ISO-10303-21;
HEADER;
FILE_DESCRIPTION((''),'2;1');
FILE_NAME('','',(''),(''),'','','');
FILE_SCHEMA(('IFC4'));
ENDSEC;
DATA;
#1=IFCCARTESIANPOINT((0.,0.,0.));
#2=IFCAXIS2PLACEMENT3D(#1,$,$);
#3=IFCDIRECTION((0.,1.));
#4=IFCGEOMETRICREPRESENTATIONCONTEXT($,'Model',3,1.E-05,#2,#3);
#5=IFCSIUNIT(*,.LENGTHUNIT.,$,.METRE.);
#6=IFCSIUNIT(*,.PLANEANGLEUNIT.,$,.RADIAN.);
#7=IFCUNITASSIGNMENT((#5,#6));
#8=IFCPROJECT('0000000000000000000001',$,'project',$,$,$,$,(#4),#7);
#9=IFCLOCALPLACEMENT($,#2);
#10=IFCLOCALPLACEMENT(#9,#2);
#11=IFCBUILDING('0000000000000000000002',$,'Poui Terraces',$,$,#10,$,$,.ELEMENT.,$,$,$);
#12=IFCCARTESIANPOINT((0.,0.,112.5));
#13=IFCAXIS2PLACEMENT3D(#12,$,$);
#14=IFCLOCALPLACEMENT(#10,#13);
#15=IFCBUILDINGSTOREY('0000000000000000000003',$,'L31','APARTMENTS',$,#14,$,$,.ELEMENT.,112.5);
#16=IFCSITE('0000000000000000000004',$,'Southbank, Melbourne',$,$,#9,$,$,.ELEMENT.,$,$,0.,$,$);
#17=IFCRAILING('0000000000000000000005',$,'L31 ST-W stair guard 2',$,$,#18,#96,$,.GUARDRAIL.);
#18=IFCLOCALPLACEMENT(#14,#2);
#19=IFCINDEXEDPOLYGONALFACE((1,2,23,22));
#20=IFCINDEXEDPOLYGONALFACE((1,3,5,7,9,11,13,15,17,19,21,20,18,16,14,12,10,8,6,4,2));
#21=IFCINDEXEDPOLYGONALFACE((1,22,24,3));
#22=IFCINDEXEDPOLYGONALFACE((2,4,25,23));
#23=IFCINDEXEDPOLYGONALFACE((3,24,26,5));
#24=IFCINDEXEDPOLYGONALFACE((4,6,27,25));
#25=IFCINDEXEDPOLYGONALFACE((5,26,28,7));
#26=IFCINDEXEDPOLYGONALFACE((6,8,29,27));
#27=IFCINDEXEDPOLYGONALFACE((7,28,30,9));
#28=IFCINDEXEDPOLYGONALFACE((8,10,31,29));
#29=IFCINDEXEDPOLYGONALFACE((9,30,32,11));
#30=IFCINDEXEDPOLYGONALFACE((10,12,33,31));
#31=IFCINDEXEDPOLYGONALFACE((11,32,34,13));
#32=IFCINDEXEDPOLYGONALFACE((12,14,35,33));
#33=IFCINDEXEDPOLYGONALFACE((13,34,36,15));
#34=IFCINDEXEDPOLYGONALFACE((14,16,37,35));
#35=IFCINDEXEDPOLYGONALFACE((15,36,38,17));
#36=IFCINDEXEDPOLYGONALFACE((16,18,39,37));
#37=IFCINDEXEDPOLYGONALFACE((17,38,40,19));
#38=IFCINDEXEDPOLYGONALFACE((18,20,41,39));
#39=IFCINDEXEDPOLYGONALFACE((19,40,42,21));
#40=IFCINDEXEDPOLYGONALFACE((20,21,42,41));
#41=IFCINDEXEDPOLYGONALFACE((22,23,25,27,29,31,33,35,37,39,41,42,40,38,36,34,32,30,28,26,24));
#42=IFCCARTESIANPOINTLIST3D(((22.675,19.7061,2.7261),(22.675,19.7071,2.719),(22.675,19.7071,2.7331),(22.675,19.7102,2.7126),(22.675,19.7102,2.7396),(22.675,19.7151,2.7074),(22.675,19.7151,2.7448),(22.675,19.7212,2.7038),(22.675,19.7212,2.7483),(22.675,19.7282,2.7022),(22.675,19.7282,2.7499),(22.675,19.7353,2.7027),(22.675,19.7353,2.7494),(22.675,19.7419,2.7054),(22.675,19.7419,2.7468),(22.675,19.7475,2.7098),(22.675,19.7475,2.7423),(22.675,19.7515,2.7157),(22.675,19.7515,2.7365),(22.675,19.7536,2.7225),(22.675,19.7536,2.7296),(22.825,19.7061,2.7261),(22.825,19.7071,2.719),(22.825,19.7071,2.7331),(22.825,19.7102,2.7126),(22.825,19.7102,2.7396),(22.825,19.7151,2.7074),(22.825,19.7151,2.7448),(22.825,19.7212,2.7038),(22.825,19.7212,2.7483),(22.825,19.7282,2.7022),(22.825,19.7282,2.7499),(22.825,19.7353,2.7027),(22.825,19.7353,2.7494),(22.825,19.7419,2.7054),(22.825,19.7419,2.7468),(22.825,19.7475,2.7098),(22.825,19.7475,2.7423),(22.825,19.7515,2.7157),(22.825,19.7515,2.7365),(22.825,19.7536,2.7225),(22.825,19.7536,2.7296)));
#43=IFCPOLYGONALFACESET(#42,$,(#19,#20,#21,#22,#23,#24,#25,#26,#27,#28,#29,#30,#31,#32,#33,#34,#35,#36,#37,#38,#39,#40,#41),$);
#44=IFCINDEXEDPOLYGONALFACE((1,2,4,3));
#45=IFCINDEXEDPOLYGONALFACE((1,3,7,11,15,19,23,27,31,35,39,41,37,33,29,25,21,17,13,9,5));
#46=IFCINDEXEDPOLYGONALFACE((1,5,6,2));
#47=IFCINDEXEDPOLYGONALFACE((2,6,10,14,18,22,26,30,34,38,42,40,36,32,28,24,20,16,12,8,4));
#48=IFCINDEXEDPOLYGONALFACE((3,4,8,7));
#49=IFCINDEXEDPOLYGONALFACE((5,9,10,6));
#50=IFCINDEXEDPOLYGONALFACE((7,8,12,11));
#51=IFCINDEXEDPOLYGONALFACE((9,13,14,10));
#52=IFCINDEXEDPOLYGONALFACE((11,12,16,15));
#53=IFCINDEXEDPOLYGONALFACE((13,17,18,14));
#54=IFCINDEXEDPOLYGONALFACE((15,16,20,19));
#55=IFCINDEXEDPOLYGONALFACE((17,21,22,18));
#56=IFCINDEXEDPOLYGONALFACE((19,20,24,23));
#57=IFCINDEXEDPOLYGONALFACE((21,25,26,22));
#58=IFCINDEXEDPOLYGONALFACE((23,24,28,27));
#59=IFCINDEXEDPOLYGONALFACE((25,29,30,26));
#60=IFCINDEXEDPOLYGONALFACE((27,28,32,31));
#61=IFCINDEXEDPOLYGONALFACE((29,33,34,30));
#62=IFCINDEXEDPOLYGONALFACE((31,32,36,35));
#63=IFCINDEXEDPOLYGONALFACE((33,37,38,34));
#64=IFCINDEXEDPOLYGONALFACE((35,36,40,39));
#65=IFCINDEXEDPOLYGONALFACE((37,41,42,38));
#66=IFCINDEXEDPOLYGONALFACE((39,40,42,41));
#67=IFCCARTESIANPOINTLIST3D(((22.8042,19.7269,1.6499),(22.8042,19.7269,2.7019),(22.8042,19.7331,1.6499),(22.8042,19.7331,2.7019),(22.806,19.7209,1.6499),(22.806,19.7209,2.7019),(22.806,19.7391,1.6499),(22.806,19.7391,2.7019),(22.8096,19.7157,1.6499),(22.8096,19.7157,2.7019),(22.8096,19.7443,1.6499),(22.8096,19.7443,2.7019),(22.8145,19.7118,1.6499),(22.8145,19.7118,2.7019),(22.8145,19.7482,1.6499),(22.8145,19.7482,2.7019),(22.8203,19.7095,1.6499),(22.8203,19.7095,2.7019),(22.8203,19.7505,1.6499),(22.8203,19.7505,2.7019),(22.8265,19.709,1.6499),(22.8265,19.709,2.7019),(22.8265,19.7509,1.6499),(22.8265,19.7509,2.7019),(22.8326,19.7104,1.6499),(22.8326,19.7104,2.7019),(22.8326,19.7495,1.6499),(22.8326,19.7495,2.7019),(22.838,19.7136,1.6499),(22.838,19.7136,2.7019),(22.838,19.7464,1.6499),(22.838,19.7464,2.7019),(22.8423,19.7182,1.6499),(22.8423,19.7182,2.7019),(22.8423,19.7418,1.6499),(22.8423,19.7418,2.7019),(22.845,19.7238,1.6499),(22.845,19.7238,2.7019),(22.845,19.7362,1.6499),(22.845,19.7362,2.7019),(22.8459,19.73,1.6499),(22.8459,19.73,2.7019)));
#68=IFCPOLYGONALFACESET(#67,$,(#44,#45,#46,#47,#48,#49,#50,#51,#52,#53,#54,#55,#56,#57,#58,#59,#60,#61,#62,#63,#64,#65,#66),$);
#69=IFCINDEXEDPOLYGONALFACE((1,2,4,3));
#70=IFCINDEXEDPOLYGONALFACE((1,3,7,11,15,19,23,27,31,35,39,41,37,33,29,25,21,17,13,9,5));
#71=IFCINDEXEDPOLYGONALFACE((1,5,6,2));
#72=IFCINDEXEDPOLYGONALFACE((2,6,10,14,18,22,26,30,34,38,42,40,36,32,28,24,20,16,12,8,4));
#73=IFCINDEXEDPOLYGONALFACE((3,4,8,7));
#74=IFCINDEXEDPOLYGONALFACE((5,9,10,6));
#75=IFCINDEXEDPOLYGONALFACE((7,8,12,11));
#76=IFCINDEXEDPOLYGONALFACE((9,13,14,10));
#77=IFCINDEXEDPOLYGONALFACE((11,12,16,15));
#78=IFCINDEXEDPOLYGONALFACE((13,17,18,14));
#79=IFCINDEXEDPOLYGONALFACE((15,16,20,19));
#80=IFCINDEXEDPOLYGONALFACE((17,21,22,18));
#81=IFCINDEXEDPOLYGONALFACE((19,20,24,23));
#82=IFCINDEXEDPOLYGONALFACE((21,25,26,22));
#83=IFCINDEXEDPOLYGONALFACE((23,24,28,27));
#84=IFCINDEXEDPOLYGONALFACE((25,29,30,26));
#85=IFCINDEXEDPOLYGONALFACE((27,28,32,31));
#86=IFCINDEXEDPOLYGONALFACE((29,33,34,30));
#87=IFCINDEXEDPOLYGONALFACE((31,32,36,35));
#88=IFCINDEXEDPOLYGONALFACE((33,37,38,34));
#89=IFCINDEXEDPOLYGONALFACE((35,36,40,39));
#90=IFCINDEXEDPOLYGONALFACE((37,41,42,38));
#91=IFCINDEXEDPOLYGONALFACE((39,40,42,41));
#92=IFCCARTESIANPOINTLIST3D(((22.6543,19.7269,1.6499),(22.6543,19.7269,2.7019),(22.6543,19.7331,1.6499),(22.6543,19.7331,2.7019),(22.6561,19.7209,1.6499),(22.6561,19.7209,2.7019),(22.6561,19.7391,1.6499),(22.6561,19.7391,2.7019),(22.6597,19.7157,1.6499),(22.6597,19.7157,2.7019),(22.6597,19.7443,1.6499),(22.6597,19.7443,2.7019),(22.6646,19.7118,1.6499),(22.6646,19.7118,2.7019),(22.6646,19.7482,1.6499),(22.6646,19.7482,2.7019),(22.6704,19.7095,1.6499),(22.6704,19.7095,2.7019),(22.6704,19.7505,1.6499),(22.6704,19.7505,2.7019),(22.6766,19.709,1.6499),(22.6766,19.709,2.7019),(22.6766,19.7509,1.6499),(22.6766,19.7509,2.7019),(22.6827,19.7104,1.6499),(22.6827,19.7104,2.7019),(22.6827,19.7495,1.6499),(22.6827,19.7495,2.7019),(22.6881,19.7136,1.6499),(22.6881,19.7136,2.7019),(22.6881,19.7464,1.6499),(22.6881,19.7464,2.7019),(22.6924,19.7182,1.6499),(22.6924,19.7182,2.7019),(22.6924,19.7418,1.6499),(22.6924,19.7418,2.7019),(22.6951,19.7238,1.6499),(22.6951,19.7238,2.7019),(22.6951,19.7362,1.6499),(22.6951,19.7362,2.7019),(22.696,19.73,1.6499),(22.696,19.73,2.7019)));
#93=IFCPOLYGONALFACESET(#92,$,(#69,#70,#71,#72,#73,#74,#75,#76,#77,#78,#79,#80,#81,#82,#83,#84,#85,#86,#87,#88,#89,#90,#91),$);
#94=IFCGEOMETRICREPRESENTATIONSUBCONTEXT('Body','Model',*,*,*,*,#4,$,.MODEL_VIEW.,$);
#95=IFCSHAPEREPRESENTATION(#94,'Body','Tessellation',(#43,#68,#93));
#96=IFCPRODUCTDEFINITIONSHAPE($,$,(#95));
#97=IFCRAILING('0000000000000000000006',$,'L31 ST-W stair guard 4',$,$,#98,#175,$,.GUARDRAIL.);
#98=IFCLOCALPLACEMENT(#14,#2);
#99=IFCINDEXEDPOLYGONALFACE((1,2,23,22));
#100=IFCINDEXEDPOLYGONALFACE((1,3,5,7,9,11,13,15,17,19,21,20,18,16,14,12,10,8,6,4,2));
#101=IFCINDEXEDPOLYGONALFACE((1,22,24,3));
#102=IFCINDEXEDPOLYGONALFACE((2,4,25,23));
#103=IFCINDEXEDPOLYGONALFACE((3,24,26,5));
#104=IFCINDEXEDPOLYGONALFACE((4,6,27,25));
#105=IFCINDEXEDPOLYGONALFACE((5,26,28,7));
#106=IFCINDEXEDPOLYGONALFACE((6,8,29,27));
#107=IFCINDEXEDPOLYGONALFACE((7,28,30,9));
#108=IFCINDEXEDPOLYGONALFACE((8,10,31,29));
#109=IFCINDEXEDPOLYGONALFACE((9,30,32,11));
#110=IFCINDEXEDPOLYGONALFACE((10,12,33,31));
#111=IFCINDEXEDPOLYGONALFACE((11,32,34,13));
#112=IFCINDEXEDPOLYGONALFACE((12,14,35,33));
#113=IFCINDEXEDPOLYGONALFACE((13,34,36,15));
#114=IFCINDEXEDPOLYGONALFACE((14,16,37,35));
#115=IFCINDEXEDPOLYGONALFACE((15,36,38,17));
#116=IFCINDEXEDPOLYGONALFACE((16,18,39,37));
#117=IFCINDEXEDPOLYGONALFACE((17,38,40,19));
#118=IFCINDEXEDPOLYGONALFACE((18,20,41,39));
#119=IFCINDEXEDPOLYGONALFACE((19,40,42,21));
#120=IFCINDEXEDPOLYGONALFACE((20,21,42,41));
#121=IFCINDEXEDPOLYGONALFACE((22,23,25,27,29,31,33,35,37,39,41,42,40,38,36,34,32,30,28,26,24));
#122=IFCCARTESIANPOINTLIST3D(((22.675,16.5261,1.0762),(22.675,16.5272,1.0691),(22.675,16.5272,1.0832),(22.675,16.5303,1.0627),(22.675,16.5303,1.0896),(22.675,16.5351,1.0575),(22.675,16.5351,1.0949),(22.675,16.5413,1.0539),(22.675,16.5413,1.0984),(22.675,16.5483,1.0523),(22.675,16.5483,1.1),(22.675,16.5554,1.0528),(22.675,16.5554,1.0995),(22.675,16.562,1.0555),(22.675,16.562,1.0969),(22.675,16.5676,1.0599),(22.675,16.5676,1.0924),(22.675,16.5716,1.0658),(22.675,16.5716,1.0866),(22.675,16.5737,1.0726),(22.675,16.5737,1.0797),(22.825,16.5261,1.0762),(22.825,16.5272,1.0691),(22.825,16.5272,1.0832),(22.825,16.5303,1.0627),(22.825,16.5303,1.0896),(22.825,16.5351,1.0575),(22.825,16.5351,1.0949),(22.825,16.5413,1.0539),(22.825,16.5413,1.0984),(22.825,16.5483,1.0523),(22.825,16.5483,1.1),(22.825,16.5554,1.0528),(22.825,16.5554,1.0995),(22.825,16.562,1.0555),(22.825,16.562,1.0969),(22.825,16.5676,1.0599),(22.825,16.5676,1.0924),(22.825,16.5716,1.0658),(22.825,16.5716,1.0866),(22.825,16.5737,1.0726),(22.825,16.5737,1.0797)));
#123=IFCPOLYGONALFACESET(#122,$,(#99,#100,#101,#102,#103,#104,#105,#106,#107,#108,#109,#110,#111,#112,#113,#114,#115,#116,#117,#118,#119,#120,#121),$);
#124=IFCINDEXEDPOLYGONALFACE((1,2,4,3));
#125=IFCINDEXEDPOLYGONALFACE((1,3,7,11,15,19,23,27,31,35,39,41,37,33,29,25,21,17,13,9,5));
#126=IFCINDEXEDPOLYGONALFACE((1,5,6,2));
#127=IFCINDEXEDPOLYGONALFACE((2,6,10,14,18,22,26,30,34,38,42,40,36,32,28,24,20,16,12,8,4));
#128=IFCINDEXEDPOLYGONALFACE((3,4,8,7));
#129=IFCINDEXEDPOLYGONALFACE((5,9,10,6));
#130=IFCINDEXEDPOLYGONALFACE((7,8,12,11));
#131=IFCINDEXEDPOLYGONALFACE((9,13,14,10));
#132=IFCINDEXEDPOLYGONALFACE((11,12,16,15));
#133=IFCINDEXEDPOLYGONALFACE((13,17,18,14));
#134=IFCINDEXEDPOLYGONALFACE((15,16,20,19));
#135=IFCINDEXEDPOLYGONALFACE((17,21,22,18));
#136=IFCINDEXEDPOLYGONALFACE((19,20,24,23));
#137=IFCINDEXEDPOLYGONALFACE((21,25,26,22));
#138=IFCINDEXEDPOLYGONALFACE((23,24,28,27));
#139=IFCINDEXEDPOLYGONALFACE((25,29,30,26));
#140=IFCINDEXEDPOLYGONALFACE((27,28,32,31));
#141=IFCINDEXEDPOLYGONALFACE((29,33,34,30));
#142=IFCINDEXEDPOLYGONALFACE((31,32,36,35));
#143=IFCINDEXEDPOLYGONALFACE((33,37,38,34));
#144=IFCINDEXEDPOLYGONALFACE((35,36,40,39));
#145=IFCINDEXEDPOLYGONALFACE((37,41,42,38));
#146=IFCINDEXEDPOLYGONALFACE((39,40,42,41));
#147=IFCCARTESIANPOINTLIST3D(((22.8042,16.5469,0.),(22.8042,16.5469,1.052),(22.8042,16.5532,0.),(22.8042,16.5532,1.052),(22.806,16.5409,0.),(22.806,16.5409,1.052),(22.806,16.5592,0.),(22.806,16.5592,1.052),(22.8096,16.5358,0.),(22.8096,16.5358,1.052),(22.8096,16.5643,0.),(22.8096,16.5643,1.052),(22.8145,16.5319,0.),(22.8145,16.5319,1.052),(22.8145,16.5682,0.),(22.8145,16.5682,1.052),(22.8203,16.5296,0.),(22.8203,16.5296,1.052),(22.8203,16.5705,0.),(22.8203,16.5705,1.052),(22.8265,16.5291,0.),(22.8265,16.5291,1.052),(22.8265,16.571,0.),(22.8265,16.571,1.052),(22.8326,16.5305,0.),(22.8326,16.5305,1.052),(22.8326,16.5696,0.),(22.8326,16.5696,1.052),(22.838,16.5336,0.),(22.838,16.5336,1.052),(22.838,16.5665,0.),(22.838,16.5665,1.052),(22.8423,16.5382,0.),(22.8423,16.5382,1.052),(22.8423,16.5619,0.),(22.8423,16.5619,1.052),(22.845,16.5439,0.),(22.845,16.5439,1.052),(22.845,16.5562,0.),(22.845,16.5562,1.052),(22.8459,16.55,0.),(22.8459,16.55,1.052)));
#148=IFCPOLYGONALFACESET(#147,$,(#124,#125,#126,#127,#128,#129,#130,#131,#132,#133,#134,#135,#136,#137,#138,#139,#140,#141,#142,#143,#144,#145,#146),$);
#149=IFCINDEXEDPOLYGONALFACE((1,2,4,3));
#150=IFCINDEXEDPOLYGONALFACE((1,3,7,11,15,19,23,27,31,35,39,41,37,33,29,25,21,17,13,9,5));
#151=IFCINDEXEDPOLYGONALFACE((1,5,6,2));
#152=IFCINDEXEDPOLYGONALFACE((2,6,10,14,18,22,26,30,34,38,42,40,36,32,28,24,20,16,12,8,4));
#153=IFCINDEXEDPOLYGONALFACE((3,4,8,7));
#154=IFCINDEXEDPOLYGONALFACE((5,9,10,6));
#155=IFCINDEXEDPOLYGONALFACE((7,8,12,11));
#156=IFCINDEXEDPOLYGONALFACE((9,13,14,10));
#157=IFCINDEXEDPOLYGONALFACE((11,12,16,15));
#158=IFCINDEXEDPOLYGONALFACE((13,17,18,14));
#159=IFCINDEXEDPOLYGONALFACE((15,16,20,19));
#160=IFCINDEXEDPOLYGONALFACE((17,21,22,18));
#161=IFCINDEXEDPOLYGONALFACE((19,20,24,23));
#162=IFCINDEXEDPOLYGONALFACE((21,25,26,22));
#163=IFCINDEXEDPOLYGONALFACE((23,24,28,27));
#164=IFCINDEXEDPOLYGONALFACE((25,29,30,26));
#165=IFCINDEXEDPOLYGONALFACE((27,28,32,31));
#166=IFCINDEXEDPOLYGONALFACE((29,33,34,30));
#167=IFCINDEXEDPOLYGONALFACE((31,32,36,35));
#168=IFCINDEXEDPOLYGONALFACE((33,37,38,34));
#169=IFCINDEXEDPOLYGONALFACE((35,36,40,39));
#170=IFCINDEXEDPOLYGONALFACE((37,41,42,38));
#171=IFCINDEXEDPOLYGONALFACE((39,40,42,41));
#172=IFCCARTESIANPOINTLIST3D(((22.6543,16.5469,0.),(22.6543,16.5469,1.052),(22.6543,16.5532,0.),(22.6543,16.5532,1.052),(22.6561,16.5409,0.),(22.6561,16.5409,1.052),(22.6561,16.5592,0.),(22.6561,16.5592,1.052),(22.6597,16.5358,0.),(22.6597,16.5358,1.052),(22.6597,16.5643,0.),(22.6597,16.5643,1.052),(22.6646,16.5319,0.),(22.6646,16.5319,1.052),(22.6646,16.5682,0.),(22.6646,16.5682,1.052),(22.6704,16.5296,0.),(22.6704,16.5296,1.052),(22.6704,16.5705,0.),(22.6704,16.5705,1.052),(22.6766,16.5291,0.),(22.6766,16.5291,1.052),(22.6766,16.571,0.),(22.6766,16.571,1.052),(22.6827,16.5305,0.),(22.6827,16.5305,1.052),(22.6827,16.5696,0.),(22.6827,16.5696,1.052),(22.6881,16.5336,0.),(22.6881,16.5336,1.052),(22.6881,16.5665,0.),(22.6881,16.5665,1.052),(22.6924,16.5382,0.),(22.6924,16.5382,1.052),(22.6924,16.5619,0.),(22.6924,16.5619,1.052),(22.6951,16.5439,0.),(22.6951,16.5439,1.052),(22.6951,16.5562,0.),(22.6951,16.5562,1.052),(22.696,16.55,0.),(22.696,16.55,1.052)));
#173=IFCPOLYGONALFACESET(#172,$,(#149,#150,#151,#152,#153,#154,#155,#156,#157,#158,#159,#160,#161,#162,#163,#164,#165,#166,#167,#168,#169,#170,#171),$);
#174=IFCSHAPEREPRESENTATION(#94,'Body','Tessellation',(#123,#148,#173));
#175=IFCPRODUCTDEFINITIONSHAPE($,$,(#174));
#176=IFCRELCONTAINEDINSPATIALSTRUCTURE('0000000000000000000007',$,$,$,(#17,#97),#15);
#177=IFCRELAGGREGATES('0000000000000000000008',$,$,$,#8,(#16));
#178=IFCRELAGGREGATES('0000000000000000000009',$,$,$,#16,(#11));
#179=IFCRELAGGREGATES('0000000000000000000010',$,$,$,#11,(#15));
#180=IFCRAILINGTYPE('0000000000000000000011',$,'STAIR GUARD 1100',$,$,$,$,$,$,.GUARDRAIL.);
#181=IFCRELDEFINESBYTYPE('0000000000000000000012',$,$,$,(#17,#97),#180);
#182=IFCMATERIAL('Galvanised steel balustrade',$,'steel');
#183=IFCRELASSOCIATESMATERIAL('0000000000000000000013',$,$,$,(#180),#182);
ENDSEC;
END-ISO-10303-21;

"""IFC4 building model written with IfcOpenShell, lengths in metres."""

from ifc_helpers import new_model, si_unit, direction, frame, origin, origin_2d, place, context, subcontext, project, spatial, circle, extrude, material, type_object, element, save


model = new_model("IFC4")

# Units and contexts
model_context = context("Model", 3, precision=1e-05, world=origin(), true_north=direction((0.0, 1.0)))
body_context = subcontext(model_context, "Body", "Model", "MODEL_VIEW")
ifc_project = project(units=[si_unit("LENGTHUNIT", "METRE"), si_unit("PLANEANGLEUNIT", "RADIAN")], contexts=[model_context])

# Site, building, storey
site_placement = place(None, origin())
site = spatial("IfcSite", under=ifc_project, at=site_placement, Name="Southbank, Melbourne", CompositionType="ELEMENT", RefElevation=0.0)
building_placement = place(site_placement, origin())
building = spatial("IfcBuilding", under=site, at=building_placement, Name="Poui Terraces", CompositionType="ELEMENT")
storey_placement = place(building_placement, frame((0.0, 0.0, 112.5)))
storey = spatial("IfcBuildingStorey", under=building, at=storey_placement, Name="L31", Description="APARTMENTS", CompositionType="ELEMENT", Elevation=112.5)

# Railings
ifc_material_1 = material(Name="Galvanised steel balustrade", Category="steel")
railing_type_1 = type_object("IfcRailingType", Name="STAIR GUARD 1100", PredefinedType="GUARDRAIL", material=ifc_material_1)
for number, where, name in (
    (1, (22.825, 19.73, 1.6499), "L31 ST-W stair guard 2"),
    (2, (22.825, 16.55, 0.0), "L31 ST-W stair guard 4"),
):
    element("IfcRailing", number, at=place(storey_placement, frame(where)), inside=storey, type_object=railing_type_1, Name=name, PredefinedType="GUARDRAIL", context=body_context, shape_type="SweptSolid", body=[
        extrude(circle(Radius=0.0239, at=origin_2d()), frame((0.0, 0.0, 1.0762), z_axis=(-1.0, 0.0, 0.0), x_axis=(0.0, -1.0, 0.0)), (0.0, 0.0, 1.0), 0.1499),
        extrude(circle(Radius=0.021, at=origin_2d()), origin(), (0.0, 0.0, 1.0), 1.052),
        extrude(circle(Radius=0.021, at=origin_2d()), frame((-0.1499, 0.0, 0.0)), (0.0, 0.0, 1.0), 1.052),
    ])

save(model, "model.ifc")
